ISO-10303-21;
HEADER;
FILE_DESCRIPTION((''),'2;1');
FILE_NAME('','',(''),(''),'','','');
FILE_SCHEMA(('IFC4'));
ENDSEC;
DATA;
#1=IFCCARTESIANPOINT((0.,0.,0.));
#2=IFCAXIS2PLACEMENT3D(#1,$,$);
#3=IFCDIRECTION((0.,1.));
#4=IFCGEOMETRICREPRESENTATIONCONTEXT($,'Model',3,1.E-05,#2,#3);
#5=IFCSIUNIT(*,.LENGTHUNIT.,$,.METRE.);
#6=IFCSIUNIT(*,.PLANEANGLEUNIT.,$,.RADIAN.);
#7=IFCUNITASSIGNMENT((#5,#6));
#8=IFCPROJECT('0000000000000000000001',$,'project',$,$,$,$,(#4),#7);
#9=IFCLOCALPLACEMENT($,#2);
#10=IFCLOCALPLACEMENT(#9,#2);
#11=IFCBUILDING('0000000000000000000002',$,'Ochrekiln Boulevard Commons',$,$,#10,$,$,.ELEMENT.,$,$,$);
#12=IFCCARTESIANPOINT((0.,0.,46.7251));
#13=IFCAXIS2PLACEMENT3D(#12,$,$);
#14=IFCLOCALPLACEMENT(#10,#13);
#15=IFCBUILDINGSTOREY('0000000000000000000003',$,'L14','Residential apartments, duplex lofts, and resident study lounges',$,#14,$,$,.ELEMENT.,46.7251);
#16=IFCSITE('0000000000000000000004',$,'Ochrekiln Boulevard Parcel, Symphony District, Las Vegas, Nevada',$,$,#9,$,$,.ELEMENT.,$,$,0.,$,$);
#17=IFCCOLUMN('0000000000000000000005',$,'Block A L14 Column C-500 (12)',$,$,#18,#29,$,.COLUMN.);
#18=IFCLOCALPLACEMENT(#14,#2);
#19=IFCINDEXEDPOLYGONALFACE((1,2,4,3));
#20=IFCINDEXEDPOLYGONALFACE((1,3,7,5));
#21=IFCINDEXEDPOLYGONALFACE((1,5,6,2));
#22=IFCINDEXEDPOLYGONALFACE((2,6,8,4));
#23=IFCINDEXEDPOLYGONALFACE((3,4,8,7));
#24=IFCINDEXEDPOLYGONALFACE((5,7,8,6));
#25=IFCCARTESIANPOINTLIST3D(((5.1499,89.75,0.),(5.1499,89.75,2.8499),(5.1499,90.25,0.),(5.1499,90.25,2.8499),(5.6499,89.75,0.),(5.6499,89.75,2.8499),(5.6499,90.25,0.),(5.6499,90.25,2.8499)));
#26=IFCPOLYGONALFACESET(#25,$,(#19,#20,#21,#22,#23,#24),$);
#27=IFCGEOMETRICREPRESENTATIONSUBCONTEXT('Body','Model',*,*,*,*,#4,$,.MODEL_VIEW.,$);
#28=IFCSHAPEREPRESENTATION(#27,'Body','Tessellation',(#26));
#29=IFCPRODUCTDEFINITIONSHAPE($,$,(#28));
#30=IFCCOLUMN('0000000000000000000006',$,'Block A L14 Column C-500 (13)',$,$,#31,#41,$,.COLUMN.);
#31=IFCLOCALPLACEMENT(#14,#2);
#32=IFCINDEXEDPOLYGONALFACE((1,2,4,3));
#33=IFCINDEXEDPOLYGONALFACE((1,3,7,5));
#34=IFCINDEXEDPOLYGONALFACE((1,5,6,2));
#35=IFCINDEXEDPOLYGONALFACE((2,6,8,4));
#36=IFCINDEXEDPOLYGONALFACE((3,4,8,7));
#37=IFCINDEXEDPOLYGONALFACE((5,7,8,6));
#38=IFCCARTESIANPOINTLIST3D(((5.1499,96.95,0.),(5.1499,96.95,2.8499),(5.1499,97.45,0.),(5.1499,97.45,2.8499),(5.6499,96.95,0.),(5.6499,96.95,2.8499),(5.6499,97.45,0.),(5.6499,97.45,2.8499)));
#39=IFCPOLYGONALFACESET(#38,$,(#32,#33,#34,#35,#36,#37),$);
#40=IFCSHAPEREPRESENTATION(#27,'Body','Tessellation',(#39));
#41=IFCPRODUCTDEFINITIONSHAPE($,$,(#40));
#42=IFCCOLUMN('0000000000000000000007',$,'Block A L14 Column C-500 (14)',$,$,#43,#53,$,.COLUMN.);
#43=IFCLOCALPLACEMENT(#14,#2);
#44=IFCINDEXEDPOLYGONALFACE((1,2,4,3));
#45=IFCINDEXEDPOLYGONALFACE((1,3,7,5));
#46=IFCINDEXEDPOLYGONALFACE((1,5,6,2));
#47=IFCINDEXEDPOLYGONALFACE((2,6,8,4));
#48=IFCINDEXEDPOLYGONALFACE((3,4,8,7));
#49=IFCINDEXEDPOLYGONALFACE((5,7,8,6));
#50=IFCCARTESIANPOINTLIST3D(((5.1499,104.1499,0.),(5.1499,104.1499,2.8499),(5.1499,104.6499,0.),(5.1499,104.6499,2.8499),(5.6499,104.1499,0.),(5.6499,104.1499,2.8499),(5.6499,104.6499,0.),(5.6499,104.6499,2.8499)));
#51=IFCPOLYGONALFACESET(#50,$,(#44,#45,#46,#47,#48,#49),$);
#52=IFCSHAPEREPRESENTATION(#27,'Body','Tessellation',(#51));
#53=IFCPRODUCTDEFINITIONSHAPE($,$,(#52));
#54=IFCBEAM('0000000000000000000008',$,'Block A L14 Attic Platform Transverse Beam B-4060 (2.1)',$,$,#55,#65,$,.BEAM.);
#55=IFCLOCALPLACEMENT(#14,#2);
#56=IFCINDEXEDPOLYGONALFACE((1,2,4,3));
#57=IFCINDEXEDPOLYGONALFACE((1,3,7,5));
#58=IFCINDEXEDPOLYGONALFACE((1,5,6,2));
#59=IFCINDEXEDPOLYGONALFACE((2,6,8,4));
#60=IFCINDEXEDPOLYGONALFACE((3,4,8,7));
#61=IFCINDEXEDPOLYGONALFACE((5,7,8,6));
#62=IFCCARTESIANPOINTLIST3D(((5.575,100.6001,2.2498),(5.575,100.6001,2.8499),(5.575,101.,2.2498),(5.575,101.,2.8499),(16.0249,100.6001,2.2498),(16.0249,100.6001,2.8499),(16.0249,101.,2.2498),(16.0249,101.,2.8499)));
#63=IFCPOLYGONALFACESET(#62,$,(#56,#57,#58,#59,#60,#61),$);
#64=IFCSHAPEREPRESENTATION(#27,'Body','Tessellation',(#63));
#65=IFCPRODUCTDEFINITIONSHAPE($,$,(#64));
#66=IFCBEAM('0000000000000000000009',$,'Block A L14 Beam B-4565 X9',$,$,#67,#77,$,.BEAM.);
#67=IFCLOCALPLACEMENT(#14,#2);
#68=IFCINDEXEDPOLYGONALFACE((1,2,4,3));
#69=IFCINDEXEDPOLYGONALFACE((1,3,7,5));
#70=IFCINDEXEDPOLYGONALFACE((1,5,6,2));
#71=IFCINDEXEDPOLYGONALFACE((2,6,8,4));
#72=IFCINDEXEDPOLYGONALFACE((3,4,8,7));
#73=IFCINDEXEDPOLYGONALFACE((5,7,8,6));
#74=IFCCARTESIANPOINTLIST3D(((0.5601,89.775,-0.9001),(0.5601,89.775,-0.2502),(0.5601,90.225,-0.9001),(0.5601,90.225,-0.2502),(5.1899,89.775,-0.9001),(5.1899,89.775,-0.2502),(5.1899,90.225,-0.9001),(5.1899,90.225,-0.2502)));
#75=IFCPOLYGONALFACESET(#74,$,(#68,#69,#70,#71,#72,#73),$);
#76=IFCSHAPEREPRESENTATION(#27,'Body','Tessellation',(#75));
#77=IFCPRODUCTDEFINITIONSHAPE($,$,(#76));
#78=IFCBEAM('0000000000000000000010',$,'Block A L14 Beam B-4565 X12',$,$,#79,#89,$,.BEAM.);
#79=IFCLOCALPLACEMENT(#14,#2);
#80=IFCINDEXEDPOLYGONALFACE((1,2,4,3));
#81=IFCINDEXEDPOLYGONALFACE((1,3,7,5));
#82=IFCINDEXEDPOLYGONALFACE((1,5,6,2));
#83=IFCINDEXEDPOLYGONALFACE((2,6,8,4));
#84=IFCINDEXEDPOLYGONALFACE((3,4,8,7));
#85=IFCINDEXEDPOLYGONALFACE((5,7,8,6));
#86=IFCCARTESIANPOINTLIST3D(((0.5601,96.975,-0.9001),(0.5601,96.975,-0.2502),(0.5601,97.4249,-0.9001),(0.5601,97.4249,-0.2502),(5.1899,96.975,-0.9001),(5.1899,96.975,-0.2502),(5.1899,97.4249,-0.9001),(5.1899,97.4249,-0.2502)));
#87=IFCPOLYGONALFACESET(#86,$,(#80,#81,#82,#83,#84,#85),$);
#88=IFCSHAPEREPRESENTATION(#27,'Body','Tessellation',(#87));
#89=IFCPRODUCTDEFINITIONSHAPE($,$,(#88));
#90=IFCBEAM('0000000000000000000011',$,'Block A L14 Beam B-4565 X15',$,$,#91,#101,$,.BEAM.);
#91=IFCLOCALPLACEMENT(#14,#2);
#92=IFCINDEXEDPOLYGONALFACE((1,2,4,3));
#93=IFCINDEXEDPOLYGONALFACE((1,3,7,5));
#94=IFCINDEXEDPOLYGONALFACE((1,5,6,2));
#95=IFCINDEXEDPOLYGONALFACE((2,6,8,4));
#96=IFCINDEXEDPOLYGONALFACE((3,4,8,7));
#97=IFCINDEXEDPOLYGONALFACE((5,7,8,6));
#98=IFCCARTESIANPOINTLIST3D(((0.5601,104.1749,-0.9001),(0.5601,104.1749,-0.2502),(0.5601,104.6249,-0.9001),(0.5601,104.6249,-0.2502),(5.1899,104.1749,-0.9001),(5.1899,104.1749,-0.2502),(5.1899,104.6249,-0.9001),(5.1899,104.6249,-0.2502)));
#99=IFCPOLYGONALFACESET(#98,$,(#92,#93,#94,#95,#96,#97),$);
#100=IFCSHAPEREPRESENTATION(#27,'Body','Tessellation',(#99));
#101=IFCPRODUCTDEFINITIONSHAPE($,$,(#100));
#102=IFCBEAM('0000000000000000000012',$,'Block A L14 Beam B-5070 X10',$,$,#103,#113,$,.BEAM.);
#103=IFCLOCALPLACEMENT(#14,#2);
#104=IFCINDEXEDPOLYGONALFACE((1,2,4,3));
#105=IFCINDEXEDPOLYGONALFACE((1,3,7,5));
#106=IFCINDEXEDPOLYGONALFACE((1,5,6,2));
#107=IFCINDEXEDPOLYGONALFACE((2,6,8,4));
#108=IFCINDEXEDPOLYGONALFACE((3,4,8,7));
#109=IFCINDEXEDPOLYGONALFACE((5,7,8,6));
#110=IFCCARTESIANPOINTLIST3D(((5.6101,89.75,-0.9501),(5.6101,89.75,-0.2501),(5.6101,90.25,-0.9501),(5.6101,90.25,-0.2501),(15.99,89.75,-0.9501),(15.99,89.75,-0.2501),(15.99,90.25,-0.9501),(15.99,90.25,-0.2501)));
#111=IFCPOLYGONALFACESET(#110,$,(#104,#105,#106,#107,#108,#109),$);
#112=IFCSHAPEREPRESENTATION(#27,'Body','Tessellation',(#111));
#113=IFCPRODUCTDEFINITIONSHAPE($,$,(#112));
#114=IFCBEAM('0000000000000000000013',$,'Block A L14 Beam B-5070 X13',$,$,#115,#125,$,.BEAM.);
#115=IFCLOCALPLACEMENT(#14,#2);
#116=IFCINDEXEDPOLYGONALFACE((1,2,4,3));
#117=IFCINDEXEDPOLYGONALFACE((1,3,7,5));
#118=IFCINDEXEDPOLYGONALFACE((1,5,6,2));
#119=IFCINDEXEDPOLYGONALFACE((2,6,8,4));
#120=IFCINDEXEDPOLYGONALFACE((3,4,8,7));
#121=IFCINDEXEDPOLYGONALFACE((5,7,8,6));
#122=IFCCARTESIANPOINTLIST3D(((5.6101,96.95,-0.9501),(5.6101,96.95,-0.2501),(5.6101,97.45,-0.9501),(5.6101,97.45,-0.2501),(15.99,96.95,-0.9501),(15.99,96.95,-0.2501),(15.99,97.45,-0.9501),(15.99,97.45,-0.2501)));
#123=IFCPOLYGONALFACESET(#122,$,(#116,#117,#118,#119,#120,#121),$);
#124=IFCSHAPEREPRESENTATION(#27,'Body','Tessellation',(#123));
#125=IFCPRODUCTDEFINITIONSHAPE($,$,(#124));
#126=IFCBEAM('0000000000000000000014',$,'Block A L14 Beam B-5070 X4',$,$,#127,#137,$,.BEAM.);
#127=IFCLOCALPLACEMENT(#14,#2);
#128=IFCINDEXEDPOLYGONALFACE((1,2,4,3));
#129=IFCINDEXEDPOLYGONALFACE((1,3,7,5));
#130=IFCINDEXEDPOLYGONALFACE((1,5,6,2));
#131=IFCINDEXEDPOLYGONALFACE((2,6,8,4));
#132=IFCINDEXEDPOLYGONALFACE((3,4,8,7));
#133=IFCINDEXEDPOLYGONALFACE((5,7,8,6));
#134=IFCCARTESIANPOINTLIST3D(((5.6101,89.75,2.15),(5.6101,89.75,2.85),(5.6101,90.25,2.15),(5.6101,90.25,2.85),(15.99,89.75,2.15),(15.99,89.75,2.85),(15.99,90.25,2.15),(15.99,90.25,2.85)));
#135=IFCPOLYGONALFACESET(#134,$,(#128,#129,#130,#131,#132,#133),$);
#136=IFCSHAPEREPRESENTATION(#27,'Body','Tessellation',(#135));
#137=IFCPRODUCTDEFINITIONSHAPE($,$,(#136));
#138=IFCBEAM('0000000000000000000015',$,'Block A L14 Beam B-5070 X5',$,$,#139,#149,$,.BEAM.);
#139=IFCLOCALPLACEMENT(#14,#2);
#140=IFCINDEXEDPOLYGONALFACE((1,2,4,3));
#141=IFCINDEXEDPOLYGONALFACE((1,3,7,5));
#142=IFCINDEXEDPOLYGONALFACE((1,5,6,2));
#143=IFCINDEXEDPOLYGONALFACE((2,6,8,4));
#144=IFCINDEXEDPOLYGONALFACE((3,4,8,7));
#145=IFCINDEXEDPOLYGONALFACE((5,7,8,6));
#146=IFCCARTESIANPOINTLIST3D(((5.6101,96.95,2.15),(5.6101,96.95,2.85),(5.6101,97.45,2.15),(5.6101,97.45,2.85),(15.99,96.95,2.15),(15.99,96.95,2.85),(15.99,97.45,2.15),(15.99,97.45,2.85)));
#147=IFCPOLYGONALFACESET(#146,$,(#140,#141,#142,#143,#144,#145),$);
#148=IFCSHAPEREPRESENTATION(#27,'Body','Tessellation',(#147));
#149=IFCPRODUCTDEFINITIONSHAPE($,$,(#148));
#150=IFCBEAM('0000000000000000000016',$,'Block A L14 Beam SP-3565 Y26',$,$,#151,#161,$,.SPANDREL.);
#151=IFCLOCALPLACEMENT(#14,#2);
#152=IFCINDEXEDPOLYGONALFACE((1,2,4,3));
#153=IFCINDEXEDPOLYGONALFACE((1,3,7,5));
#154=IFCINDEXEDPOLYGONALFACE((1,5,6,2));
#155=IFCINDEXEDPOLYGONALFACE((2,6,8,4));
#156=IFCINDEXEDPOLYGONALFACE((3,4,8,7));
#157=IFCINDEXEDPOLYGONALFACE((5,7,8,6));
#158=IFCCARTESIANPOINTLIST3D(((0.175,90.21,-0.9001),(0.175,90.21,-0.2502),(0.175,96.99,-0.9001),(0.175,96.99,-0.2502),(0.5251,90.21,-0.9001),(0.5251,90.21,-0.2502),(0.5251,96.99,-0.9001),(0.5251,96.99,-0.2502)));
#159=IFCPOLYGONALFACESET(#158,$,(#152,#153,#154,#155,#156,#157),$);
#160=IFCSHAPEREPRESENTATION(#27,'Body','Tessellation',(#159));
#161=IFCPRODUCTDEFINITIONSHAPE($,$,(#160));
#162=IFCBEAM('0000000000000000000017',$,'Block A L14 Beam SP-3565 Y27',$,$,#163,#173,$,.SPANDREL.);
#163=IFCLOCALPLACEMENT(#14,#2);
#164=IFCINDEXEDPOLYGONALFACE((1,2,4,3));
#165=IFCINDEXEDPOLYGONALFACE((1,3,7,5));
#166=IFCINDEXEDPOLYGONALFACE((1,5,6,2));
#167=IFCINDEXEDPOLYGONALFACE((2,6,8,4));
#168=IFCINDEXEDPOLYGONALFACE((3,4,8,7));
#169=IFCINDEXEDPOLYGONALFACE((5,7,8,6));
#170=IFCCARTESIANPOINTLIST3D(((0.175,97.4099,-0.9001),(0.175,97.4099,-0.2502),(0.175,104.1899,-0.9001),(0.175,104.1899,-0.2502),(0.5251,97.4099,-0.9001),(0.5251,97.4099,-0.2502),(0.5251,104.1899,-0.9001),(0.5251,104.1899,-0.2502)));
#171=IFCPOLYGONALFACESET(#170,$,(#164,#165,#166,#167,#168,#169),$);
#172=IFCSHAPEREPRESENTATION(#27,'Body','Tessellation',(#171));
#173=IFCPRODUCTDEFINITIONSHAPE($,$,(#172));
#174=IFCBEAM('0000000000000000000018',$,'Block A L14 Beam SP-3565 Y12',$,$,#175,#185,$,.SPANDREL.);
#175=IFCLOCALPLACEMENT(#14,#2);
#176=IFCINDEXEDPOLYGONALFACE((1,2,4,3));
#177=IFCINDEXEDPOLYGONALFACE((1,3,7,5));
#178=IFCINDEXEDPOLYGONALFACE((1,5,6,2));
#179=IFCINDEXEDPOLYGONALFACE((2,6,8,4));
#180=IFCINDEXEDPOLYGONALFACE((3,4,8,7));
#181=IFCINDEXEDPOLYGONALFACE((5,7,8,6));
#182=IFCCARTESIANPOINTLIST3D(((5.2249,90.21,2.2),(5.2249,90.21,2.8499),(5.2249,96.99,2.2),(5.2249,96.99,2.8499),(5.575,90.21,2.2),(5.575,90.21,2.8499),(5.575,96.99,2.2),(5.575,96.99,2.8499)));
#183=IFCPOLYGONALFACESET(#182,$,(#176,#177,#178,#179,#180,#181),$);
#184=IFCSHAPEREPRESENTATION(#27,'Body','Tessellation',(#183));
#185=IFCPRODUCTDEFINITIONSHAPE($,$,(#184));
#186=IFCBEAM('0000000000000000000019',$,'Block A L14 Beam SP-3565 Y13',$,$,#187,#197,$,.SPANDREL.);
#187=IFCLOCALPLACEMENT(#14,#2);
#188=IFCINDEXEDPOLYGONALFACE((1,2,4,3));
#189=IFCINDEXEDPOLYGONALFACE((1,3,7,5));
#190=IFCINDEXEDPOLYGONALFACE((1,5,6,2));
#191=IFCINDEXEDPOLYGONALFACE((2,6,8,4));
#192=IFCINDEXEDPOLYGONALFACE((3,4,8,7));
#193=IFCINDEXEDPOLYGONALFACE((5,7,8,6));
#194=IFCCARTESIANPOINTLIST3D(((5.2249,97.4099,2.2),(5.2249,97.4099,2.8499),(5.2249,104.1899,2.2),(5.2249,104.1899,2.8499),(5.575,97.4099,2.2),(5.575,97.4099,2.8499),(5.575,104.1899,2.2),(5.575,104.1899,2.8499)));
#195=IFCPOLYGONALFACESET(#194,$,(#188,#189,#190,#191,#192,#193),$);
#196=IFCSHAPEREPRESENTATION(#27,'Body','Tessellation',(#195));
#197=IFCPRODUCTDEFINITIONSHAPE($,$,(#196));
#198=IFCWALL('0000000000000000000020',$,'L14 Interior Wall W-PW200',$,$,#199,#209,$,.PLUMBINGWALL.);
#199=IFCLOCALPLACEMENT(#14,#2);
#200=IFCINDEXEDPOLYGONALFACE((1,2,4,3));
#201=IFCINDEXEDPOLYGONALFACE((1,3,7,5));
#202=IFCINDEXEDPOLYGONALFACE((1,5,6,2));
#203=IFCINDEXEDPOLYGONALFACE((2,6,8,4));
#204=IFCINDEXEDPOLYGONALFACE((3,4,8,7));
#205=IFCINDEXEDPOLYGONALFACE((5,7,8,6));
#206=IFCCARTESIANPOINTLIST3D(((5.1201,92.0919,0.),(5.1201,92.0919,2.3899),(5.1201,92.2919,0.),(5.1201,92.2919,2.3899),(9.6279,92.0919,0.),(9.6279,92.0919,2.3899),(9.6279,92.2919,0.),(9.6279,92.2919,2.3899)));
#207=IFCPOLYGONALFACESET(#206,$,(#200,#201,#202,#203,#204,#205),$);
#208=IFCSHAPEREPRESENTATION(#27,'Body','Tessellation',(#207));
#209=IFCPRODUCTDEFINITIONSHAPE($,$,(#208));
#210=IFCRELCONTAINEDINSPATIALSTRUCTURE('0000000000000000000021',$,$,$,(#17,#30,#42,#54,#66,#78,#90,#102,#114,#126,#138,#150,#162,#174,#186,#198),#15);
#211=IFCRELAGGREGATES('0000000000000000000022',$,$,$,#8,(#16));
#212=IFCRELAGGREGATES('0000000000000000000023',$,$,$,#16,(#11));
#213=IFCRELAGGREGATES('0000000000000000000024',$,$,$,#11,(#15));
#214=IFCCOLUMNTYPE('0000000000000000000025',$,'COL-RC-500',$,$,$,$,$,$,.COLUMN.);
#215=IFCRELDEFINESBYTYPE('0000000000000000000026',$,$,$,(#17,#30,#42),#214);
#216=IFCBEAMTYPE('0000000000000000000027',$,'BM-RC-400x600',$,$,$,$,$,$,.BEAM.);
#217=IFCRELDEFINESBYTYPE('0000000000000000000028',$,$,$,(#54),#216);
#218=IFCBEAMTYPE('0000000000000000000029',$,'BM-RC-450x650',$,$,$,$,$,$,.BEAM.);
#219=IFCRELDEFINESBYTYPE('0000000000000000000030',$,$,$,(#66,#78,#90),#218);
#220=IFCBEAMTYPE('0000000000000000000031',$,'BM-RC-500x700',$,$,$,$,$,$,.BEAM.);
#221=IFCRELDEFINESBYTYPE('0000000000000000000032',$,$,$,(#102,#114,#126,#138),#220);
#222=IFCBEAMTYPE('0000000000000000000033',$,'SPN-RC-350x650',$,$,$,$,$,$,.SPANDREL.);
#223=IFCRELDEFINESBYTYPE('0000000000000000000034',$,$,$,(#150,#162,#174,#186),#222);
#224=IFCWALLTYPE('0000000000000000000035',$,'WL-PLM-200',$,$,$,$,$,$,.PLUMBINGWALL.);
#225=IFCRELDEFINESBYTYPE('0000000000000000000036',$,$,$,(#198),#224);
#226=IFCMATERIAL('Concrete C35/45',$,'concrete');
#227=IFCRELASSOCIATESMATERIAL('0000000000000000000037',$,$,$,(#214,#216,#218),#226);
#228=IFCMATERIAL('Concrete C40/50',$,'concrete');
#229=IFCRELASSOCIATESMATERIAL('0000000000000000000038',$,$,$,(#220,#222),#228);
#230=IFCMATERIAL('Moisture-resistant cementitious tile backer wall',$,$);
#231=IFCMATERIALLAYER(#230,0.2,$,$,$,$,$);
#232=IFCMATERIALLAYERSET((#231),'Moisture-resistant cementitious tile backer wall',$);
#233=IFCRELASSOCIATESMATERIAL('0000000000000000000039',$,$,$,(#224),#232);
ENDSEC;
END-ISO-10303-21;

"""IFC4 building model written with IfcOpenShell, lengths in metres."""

from ifc_helpers import new_model, si_unit, direction, frame, frame_2d, origin, origin_2d, place, context, subcontext, project, spatial, rectangle, extrude, material, layer, layer_set, material_profile, profile_set, type_object, element, save


model = new_model("IFC4")

# Units and contexts
model_context = context("Model", 3, precision=1e-05, world=origin(), true_north=direction((0.0, 1.0)))
body_context = subcontext(model_context, "Body", "Model", "MODEL_VIEW")
ifc_project = project(units=[si_unit("LENGTHUNIT", "METRE"), si_unit("PLANEANGLEUNIT", "RADIAN")], contexts=[model_context])

# Site, building, storey
site_placement = place(None, origin())
site = spatial("IfcSite", under=ifc_project, at=site_placement, Name="Ochrekiln Boulevard Parcel, Symphony District, Las Vegas, Nevada", CompositionType="ELEMENT", RefElevation=0.0)
building_placement = place(site_placement, origin())
building = spatial("IfcBuilding", under=site, at=building_placement, Name="Ochrekiln Boulevard Commons", CompositionType="ELEMENT")
storey_placement = place(building_placement, frame((0.0, 0.0, 46.7251)))
storey = spatial("IfcBuildingStorey", under=building, at=storey_placement, Name="L14", Description="Residential apartments, duplex lofts, and resident study lounges", CompositionType="ELEMENT", Elevation=46.7251)

# Columns
ifc_material_1 = material(Name="Concrete C35/45", Category="concrete")
ifc_material_profile_1 = material_profile(ifc_material_1, rectangle(XDim=0.5, YDim=0.5, at=origin_2d()), Name="RC-COL-500x500")
ifc_profile_set_1 = profile_set([ifc_material_profile_1], Name="Concrete C35/45")
column_type = type_object("IfcColumnType", Name="COL-RC-500", PredefinedType="COLUMN", material=ifc_profile_set_1)
for number, where, z_axis, x_axis, name in (
    (1, (5.3999, 90.0, 0.0), (0.0, 0.0, 1.0), (1.0, 0.0, 0.0), "Block A L14 Column C-500 (12)"),
    (2, (5.3999, 97.2, 0.0), (0.0, 0.0, 1.0), (1.0, 0.0, 0.0), "Block A L14 Column C-500 (13)"),
    (3, (5.3999, 104.3999, 0.0), (0.0, 0.0, 1.0), (1.0, 0.0, 0.0), "Block A L14 Column C-500 (14)"),
):
    element("IfcColumn", number, at=place(storey_placement, frame(where, z_axis=z_axis, x_axis=x_axis)), inside=storey, type_object=column_type, Name=name, PredefinedType="COLUMN", context=body_context, shape_type="SweptSolid", body=[
        extrude(rectangle(XDim=0.5, YDim=0.5, at=origin_2d()), origin(), (0.0, 0.0, 1.0), 2.8499),
    ])

# Beams
ifc_material_profile_2 = material_profile(ifc_material_1, rectangle(XDim=0.3999, YDim=0.6001, at=origin_2d()), Name="RC-BM-400x600")
ifc_profile_set_2 = profile_set([ifc_material_profile_2], Name="Concrete C35/45")
beam_type_1 = type_object("IfcBeamType", Name="BM-RC-400x600", PredefinedType="BEAM", material=ifc_profile_set_2)
beam_placement = place(storey_placement, frame((5.575, 100.8, 2.5498), z_axis=(1.0, 0.0, 0.0), x_axis=(0.0, 1.0, 0.0)))
element("IfcBeam", 4, at=beam_placement, inside=storey, type_object=beam_type_1, Name="Block A L14 Attic Platform Transverse Beam B-4060 (2.1)", PredefinedType="BEAM", context=body_context, shape_type="SweptSolid", body=[
    extrude(rectangle(XDim=0.3999, YDim=0.6001, at=origin_2d()), origin(), (0.0, 0.0, 1.0), 10.45),
])
ifc_material_profile_3 = material_profile(ifc_material_1, rectangle(XDim=0.45, YDim=0.6499, at=origin_2d()), Name="RC-BM-450x650")
ifc_profile_set_3 = profile_set([ifc_material_profile_3], Name="Concrete C35/45")
beam_type_2 = type_object("IfcBeamType", Name="BM-RC-450x650", PredefinedType="BEAM", material=ifc_profile_set_3)
for number, where, z_axis, x_axis, name in (
    (5, (0.5601, 90.0, -0.5752), (1.0, 0.0, 0.0), (0.0, 1.0, 0.0), "Block A L14 Beam B-4565 X9"),
    (6, (0.5601, 97.2, -0.5752), (1.0, 0.0, 0.0), (0.0, 1.0, 0.0), "Block A L14 Beam B-4565 X12"),
    (7, (0.5601, 104.3999, -0.5752), (1.0, 0.0, 0.0), (0.0, 1.0, 0.0), "Block A L14 Beam B-4565 X15"),
):
    element("IfcBeam", number, at=place(storey_placement, frame(where, z_axis=z_axis, x_axis=x_axis)), inside=storey, type_object=beam_type_2, Name=name, PredefinedType="BEAM", context=body_context, shape_type="SweptSolid", body=[
        extrude(rectangle(XDim=0.45, YDim=0.6499, at=origin_2d()), origin(), (0.0, 0.0, 1.0), 4.6299),
    ])
ifc_material_2 = material(Name="Concrete C40/50", Category="concrete")
ifc_material_profile_4 = material_profile(ifc_material_2, rectangle(XDim=0.5, YDim=0.7, at=origin_2d()), Name="RC-BM-500x700")
ifc_profile_set_4 = profile_set([ifc_material_profile_4], Name="Concrete C40/50")
beam_type_3 = type_object("IfcBeamType", Name="BM-RC-500x700", PredefinedType="BEAM", material=ifc_profile_set_4)
for number, where, z_axis, x_axis, name in (
    (8, (5.6101, 90.0, -0.6001), (1.0, 0.0, 0.0), (0.0, 1.0, 0.0), "Block A L14 Beam B-5070 X10"),
    (9, (5.6101, 97.2, -0.6001), (1.0, 0.0, 0.0), (0.0, 1.0, 0.0), "Block A L14 Beam B-5070 X13"),
    (10, (5.6101, 90.0, 2.5), (1.0, 0.0, 0.0), (0.0, 1.0, 0.0), "Block A L14 Beam B-5070 X4"),
    (11, (5.6101, 97.2, 2.5), (1.0, 0.0, 0.0), (0.0, 1.0, 0.0), "Block A L14 Beam B-5070 X5"),
):
    element("IfcBeam", number, at=place(storey_placement, frame(where, z_axis=z_axis, x_axis=x_axis)), inside=storey, type_object=beam_type_3, Name=name, PredefinedType="BEAM", context=body_context, shape_type="SweptSolid", body=[
        extrude(rectangle(XDim=0.5, YDim=0.7, at=origin_2d()), origin(), (0.0, 0.0, 1.0), 10.3799),
    ])
ifc_material_profile_5 = material_profile(ifc_material_2, rectangle(XDim=0.3501, YDim=0.6499, at=origin_2d()), Name="RC-SPN-350x650")
ifc_profile_set_5 = profile_set([ifc_material_profile_5], Name="Concrete C40/50")
beam_type_4 = type_object("IfcBeamType", Name="SPN-RC-350x650", PredefinedType="SPANDREL", material=ifc_profile_set_5)
for number, where, z_axis, x_axis, name in (
    (12, (0.3501, 90.21, -0.5752), (0.0, 1.0, 0.0), (-1.0, 0.0, 0.0), "Block A L14 Beam SP-3565 Y26"),
    (13, (0.3501, 97.4099, -0.5752), (0.0, 1.0, 0.0), (-1.0, 0.0, 0.0), "Block A L14 Beam SP-3565 Y27"),
    (14, (5.3999, 90.21, 2.5249), (0.0, 1.0, 0.0), (-1.0, 0.0, 0.0), "Block A L14 Beam SP-3565 Y12"),
    (15, (5.3999, 97.4099, 2.5249), (0.0, 1.0, 0.0), (-1.0, 0.0, 0.0), "Block A L14 Beam SP-3565 Y13"),
):
    element("IfcBeam", number, at=place(storey_placement, frame(where, z_axis=z_axis, x_axis=x_axis)), inside=storey, type_object=beam_type_4, Name=name, PredefinedType="SPANDREL", context=body_context, shape_type="SweptSolid", body=[
        extrude(rectangle(XDim=0.3501, YDim=0.6499, at=origin_2d()), origin(), (0.0, 0.0, 1.0), 6.78),
    ])

# Wall
ifc_material_3 = material(Name="Moisture-resistant cementitious tile backer wall")
ifc_layer_1 = layer(ifc_material_3, 0.2)
ifc_layer_set_1 = layer_set([ifc_layer_1], Name="Moisture-resistant cementitious tile backer wall")
wall_type_1 = type_object("IfcWallType", Name="WL-PLM-200", PredefinedType="PLUMBINGWALL", material=ifc_layer_set_1)
wall_1_placement = place(storey_placement, frame((5.1201, 92.1919, 0.0), z_axis=(0.0, 0.0, 1.0), x_axis=(1.0, 0.0, 0.0)))
element("IfcWall", 16, at=wall_1_placement, inside=storey, type_object=wall_type_1, Name="L14 Interior Wall W-PW200", PredefinedType="PLUMBINGWALL", context=body_context, shape_type="SweptSolid", body=[
    extrude(rectangle(XDim=4.5078, YDim=0.2, at=frame_2d((2.2539, 0.0))), origin(), (0.0, 0.0, 1.0), 2.3899),
])

save(model, "model.ifc")
